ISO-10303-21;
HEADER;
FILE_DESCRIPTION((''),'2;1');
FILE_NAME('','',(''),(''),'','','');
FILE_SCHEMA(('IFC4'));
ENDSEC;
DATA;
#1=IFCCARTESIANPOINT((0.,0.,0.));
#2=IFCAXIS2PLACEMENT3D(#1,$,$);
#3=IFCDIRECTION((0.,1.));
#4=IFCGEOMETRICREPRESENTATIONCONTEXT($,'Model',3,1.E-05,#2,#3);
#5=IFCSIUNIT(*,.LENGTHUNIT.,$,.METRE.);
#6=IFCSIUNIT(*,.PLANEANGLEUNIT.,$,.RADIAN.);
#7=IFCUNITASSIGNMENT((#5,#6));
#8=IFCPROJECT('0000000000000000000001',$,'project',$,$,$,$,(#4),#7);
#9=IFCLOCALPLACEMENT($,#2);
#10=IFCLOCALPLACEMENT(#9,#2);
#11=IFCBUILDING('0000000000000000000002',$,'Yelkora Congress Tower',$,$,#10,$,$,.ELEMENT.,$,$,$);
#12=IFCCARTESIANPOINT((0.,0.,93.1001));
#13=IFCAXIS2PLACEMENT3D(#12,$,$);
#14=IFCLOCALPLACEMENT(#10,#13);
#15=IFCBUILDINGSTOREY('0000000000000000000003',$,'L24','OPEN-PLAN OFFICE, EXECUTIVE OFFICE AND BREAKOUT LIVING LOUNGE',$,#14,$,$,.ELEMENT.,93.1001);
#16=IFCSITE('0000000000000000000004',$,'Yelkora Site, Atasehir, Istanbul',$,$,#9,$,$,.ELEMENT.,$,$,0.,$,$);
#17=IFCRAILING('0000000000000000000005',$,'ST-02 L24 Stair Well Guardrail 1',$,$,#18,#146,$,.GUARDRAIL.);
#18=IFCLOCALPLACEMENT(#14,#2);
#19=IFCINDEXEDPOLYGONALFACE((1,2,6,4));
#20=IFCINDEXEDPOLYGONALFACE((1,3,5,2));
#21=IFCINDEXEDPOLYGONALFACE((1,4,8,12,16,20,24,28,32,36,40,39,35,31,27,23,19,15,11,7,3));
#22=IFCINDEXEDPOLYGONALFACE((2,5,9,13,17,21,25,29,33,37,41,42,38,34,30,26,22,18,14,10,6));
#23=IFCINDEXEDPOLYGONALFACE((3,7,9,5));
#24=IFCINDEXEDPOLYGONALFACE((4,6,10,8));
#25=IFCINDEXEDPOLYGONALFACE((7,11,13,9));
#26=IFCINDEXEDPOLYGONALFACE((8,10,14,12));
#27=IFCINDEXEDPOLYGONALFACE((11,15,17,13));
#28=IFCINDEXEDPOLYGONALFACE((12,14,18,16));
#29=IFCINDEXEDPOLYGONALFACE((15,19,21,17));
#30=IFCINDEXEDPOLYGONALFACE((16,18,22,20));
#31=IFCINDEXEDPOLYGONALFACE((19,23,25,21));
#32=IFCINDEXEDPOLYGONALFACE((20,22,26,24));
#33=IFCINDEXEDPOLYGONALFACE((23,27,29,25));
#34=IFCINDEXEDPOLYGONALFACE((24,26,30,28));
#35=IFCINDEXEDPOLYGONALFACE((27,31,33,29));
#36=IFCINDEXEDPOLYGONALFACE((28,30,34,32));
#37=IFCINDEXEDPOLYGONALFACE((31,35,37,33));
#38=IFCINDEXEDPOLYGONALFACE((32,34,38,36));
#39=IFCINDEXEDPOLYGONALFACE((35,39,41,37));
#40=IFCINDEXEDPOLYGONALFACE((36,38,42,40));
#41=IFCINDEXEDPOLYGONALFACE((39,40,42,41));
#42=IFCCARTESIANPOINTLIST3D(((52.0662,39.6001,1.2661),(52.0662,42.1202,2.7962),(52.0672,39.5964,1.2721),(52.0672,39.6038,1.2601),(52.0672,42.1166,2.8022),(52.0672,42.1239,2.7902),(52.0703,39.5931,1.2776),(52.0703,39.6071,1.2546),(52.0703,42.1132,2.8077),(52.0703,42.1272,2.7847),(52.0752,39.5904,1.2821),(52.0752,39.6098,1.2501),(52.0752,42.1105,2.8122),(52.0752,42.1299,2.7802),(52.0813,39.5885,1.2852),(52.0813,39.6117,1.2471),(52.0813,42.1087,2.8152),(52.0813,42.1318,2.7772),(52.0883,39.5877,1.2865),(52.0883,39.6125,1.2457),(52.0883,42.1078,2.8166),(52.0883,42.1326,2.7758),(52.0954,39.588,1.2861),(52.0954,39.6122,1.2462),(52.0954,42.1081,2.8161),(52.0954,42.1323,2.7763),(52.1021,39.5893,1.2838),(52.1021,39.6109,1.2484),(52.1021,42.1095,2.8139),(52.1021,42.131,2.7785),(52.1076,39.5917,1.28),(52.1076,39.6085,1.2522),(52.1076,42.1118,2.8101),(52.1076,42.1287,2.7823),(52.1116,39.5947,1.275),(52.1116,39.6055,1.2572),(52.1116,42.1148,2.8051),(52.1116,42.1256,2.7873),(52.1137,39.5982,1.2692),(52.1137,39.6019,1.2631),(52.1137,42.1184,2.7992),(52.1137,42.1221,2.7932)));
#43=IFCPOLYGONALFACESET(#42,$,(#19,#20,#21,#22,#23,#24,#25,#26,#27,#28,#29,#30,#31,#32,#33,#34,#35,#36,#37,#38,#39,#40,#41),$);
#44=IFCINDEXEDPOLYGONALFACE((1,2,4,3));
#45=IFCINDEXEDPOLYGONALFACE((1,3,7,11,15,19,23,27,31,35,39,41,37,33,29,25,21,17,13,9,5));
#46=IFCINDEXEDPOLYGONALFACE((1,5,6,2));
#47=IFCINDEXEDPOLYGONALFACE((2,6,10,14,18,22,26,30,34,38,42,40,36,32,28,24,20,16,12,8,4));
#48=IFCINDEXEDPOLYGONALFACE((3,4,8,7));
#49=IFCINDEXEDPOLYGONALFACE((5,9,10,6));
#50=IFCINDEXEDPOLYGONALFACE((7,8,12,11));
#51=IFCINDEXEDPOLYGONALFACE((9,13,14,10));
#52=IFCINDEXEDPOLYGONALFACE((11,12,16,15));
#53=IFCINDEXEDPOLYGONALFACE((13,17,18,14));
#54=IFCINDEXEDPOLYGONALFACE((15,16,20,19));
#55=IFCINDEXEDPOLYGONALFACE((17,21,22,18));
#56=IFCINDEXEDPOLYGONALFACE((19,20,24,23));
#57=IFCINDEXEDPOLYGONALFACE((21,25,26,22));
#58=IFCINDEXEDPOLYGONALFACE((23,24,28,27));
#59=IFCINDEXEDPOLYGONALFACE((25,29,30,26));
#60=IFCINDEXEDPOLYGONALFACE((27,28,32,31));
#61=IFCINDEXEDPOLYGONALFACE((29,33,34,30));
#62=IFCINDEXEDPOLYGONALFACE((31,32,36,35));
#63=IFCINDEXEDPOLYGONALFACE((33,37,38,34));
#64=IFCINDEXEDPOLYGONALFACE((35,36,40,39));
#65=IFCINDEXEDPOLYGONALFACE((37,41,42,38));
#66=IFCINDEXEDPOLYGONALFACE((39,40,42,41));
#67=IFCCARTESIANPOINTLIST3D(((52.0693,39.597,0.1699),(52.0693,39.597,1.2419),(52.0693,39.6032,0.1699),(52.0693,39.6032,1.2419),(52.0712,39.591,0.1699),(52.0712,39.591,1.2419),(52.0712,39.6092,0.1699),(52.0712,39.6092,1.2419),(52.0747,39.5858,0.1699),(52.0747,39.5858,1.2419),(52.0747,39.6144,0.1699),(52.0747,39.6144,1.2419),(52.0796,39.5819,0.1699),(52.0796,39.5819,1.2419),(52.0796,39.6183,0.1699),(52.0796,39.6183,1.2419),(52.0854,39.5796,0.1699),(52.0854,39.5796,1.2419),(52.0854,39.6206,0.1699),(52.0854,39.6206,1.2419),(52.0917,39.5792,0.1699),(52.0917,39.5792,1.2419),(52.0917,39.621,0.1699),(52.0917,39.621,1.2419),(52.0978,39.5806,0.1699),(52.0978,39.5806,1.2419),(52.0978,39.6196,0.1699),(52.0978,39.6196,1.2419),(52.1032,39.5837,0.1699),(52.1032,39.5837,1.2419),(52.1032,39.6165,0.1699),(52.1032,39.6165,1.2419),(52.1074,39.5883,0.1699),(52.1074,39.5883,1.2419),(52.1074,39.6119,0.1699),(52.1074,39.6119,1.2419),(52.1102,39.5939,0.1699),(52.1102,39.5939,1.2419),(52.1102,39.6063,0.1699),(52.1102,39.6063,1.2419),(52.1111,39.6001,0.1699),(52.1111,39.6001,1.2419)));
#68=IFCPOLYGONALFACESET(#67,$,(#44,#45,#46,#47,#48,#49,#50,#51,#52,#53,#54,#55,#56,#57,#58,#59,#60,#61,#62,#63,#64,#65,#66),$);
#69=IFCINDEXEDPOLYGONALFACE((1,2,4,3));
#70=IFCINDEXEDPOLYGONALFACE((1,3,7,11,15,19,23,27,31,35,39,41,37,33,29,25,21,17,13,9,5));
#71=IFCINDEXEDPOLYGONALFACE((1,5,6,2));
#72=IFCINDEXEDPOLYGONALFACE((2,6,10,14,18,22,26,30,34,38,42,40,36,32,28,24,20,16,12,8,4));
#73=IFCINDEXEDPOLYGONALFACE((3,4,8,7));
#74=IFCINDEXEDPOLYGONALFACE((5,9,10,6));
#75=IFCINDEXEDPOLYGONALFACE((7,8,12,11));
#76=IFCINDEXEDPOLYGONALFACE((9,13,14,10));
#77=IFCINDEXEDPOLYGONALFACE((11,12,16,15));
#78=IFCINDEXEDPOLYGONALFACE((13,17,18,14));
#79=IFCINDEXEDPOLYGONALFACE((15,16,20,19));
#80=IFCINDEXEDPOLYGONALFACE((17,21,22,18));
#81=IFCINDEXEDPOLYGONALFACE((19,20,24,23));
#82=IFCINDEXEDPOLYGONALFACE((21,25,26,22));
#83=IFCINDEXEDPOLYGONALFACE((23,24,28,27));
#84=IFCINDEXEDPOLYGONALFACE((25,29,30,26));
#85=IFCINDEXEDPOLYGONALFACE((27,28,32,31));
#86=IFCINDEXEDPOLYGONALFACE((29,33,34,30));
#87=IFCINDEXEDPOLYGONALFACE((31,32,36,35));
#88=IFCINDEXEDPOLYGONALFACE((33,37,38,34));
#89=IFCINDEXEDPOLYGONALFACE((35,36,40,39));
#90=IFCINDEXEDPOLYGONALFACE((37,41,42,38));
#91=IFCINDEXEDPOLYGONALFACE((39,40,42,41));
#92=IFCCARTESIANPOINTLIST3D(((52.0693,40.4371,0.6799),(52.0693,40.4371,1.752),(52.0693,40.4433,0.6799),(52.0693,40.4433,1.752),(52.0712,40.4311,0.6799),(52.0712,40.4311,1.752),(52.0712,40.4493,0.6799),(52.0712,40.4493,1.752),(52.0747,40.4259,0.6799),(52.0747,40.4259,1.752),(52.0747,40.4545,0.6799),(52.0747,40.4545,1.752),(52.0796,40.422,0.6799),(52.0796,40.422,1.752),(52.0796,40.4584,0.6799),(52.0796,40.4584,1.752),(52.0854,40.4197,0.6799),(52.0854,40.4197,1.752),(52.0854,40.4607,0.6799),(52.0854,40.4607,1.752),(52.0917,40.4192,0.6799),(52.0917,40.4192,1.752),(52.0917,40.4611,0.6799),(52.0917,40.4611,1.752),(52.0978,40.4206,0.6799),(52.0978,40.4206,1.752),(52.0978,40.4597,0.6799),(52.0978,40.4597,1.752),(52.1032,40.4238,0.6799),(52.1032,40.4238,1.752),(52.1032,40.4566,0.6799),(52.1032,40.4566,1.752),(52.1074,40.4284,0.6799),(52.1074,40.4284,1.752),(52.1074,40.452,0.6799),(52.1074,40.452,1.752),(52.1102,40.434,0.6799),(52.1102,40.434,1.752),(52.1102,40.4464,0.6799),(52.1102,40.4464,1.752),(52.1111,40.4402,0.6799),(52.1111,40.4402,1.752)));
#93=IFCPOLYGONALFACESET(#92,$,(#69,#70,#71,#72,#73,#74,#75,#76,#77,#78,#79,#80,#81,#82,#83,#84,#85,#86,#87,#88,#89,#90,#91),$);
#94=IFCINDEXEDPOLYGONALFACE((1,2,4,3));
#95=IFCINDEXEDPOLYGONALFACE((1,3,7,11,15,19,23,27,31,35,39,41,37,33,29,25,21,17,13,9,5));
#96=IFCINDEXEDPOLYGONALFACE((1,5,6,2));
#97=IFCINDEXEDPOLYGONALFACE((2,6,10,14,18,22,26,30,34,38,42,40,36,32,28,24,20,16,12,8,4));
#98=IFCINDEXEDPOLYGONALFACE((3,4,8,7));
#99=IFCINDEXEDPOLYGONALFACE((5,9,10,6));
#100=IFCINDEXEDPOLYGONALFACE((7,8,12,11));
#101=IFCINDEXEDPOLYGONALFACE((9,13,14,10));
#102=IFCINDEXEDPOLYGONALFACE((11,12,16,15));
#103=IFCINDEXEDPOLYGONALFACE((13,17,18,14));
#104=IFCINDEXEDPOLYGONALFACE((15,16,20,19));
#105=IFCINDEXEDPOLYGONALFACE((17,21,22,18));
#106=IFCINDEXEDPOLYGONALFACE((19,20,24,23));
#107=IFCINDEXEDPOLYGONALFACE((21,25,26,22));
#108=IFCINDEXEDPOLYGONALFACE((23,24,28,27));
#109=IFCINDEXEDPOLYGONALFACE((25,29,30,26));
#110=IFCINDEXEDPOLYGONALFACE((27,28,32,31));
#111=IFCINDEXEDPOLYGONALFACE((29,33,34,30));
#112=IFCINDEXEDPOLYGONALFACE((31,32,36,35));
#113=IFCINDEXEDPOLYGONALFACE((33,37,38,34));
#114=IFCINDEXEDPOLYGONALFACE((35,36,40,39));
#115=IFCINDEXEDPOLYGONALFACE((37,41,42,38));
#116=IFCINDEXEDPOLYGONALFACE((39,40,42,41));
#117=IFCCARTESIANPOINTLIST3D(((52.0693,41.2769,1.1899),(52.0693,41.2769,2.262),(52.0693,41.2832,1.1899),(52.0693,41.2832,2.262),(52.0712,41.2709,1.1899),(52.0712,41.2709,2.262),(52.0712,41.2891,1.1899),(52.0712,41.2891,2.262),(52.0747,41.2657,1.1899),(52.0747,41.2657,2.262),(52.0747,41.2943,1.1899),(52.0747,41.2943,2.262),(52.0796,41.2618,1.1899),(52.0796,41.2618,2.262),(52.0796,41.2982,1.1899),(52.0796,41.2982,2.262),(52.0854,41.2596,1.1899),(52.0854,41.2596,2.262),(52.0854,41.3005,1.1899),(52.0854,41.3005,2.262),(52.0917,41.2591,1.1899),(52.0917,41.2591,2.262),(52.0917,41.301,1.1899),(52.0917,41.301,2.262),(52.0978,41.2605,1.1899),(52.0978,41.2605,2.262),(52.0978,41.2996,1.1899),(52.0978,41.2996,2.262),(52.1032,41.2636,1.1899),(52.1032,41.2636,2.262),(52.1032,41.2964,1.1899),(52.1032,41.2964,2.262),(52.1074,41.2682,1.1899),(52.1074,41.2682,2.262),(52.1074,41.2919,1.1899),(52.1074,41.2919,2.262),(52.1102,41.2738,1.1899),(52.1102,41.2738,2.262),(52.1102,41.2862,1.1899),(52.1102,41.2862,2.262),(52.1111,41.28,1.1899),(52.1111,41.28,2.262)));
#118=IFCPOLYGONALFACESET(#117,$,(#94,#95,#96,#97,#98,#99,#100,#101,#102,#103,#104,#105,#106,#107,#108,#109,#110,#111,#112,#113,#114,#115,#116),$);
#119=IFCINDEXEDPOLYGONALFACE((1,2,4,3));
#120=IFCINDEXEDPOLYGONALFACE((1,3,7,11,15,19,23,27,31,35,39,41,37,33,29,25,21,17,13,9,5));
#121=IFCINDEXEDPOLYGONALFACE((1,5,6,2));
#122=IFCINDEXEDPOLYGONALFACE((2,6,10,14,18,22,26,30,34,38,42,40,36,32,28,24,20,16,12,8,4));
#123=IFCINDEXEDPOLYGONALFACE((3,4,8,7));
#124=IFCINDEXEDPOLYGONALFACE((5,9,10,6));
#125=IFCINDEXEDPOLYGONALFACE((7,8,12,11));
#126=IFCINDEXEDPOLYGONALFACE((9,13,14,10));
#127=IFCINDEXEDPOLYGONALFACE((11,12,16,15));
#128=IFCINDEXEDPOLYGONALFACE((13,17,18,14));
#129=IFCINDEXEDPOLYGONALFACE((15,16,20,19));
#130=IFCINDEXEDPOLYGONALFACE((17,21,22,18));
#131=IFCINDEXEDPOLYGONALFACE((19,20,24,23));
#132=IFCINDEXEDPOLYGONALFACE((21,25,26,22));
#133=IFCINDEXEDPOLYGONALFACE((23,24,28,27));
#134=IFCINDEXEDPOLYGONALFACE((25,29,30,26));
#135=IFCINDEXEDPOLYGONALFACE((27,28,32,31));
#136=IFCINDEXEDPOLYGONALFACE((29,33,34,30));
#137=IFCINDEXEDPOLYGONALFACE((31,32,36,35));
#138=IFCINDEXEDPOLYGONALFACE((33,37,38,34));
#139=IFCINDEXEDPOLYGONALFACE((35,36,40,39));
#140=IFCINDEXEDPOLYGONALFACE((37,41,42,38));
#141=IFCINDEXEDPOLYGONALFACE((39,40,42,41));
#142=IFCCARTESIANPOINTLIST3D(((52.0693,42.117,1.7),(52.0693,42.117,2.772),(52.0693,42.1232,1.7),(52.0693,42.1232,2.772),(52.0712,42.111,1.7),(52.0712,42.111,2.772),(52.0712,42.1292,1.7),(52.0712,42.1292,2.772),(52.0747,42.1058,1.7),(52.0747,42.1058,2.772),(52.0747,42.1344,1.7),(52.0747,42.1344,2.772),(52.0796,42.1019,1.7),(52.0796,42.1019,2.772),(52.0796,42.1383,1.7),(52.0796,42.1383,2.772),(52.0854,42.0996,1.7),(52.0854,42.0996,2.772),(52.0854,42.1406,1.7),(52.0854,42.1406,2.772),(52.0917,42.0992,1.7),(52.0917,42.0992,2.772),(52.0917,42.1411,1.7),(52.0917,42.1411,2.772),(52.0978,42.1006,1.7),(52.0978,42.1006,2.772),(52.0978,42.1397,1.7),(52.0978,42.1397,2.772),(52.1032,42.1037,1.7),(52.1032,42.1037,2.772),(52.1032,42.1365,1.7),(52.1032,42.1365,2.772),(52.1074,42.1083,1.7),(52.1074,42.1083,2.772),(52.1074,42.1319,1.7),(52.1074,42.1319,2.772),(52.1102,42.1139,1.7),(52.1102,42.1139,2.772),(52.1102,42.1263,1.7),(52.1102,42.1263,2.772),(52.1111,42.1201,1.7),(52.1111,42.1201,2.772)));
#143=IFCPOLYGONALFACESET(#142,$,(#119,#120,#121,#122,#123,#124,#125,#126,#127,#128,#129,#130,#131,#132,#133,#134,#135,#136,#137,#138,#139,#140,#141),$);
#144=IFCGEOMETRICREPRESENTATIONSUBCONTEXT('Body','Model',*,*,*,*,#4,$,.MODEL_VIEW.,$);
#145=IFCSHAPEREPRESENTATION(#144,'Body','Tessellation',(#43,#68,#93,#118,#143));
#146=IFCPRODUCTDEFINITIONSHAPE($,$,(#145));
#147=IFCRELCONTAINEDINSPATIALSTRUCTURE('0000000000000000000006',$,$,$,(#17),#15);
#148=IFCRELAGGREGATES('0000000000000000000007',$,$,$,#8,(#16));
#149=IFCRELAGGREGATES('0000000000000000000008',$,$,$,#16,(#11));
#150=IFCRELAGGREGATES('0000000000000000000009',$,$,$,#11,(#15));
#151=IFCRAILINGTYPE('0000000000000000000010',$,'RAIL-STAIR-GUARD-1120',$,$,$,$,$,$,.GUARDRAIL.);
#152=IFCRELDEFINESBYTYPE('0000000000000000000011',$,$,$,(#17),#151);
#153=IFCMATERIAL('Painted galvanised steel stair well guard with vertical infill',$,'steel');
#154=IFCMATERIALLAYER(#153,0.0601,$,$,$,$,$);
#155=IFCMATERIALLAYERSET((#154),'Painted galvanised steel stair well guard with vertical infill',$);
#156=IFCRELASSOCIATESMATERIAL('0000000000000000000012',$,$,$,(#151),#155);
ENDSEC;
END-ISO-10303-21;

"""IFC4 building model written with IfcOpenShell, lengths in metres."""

from ifc_helpers import new_model, si_unit, direction, frame, origin, origin_2d, place, context, subcontext, project, spatial, circle, extrude, material, layer, layer_set, type_object, element, save


model = new_model("IFC4")

# Units and contexts
model_context = context("Model", 3, precision=1e-05, world=origin(), true_north=direction((0.0, 1.0)))
body_context = subcontext(model_context, "Body", "Model", "MODEL_VIEW")
ifc_project = project(units=[si_unit("LENGTHUNIT", "METRE"), si_unit("PLANEANGLEUNIT", "RADIAN")], contexts=[model_context])

# Site, building, storey
site_placement = place(None, origin())
site = spatial("IfcSite", under=ifc_project, at=site_placement, Name="Yelkora Site, Atasehir, Istanbul", CompositionType="ELEMENT", RefElevation=0.0)
building_placement = place(site_placement, origin())
building = spatial("IfcBuilding", under=site, at=building_placement, Name="Yelkora Congress Tower", CompositionType="ELEMENT")
storey_placement = place(building_placement, frame((0.0, 0.0, 93.1001)))
storey = spatial("IfcBuildingStorey", under=building, at=storey_placement, Name="L24", Description="OPEN-PLAN OFFICE, EXECUTIVE OFFICE AND BREAKOUT LIVING LOUNGE", CompositionType="ELEMENT", Elevation=93.1001)

# Railing
ifc_material_1 = material(Name="Painted galvanised steel stair well guard with vertical infill", Category="steel")
ifc_layer_1 = layer(ifc_material_1, 0.0601)
ifc_layer_set_1 = layer_set([ifc_layer_1], Name="Painted galvanised steel stair well guard with vertical infill")
railing_type_1 = type_object("IfcRailingType", Name="RAIL-STAIR-GUARD-1120", PredefinedType="GUARDRAIL", material=ifc_layer_set_1)
railing_1_placement = place(storey_placement, frame((52.0901, 39.6001, 0.1699)))
element("IfcRailing", 1, at=railing_1_placement, inside=storey, type_object=railing_type_1, Name="ST-02 L24 Stair Well Guardrail 1", PredefinedType="GUARDRAIL", context=body_context, shape_type="SweptSolid", body=[
    extrude(circle(Radius=0.0239, at=origin_2d()), frame((0.0, 0.0, 1.0962), z_axis=(0.0, 0.854785, 0.518982), x_axis=(-1.0, 0.0, 0.0)), (0.0, 0.0, 1.0), 2.9482),
    extrude(circle(Radius=0.021, at=origin_2d()), origin(), (0.0, 0.0, 1.0), 1.072),
    extrude(circle(Radius=0.021, at=origin_2d()), frame((0.0, 0.8401, 0.51)), (0.0, 0.0, 1.0), 1.072),
    extrude(circle(Radius=0.021, at=origin_2d()), frame((0.0, 1.6799, 1.02)), (0.0, 0.0, 1.0), 1.072),
    extrude(circle(Radius=0.021, at=origin_2d()), frame((0.0, 2.52, 1.53)), (0.0, 0.0, 1.0), 1.072),
])

save(model, "model.ifc")
